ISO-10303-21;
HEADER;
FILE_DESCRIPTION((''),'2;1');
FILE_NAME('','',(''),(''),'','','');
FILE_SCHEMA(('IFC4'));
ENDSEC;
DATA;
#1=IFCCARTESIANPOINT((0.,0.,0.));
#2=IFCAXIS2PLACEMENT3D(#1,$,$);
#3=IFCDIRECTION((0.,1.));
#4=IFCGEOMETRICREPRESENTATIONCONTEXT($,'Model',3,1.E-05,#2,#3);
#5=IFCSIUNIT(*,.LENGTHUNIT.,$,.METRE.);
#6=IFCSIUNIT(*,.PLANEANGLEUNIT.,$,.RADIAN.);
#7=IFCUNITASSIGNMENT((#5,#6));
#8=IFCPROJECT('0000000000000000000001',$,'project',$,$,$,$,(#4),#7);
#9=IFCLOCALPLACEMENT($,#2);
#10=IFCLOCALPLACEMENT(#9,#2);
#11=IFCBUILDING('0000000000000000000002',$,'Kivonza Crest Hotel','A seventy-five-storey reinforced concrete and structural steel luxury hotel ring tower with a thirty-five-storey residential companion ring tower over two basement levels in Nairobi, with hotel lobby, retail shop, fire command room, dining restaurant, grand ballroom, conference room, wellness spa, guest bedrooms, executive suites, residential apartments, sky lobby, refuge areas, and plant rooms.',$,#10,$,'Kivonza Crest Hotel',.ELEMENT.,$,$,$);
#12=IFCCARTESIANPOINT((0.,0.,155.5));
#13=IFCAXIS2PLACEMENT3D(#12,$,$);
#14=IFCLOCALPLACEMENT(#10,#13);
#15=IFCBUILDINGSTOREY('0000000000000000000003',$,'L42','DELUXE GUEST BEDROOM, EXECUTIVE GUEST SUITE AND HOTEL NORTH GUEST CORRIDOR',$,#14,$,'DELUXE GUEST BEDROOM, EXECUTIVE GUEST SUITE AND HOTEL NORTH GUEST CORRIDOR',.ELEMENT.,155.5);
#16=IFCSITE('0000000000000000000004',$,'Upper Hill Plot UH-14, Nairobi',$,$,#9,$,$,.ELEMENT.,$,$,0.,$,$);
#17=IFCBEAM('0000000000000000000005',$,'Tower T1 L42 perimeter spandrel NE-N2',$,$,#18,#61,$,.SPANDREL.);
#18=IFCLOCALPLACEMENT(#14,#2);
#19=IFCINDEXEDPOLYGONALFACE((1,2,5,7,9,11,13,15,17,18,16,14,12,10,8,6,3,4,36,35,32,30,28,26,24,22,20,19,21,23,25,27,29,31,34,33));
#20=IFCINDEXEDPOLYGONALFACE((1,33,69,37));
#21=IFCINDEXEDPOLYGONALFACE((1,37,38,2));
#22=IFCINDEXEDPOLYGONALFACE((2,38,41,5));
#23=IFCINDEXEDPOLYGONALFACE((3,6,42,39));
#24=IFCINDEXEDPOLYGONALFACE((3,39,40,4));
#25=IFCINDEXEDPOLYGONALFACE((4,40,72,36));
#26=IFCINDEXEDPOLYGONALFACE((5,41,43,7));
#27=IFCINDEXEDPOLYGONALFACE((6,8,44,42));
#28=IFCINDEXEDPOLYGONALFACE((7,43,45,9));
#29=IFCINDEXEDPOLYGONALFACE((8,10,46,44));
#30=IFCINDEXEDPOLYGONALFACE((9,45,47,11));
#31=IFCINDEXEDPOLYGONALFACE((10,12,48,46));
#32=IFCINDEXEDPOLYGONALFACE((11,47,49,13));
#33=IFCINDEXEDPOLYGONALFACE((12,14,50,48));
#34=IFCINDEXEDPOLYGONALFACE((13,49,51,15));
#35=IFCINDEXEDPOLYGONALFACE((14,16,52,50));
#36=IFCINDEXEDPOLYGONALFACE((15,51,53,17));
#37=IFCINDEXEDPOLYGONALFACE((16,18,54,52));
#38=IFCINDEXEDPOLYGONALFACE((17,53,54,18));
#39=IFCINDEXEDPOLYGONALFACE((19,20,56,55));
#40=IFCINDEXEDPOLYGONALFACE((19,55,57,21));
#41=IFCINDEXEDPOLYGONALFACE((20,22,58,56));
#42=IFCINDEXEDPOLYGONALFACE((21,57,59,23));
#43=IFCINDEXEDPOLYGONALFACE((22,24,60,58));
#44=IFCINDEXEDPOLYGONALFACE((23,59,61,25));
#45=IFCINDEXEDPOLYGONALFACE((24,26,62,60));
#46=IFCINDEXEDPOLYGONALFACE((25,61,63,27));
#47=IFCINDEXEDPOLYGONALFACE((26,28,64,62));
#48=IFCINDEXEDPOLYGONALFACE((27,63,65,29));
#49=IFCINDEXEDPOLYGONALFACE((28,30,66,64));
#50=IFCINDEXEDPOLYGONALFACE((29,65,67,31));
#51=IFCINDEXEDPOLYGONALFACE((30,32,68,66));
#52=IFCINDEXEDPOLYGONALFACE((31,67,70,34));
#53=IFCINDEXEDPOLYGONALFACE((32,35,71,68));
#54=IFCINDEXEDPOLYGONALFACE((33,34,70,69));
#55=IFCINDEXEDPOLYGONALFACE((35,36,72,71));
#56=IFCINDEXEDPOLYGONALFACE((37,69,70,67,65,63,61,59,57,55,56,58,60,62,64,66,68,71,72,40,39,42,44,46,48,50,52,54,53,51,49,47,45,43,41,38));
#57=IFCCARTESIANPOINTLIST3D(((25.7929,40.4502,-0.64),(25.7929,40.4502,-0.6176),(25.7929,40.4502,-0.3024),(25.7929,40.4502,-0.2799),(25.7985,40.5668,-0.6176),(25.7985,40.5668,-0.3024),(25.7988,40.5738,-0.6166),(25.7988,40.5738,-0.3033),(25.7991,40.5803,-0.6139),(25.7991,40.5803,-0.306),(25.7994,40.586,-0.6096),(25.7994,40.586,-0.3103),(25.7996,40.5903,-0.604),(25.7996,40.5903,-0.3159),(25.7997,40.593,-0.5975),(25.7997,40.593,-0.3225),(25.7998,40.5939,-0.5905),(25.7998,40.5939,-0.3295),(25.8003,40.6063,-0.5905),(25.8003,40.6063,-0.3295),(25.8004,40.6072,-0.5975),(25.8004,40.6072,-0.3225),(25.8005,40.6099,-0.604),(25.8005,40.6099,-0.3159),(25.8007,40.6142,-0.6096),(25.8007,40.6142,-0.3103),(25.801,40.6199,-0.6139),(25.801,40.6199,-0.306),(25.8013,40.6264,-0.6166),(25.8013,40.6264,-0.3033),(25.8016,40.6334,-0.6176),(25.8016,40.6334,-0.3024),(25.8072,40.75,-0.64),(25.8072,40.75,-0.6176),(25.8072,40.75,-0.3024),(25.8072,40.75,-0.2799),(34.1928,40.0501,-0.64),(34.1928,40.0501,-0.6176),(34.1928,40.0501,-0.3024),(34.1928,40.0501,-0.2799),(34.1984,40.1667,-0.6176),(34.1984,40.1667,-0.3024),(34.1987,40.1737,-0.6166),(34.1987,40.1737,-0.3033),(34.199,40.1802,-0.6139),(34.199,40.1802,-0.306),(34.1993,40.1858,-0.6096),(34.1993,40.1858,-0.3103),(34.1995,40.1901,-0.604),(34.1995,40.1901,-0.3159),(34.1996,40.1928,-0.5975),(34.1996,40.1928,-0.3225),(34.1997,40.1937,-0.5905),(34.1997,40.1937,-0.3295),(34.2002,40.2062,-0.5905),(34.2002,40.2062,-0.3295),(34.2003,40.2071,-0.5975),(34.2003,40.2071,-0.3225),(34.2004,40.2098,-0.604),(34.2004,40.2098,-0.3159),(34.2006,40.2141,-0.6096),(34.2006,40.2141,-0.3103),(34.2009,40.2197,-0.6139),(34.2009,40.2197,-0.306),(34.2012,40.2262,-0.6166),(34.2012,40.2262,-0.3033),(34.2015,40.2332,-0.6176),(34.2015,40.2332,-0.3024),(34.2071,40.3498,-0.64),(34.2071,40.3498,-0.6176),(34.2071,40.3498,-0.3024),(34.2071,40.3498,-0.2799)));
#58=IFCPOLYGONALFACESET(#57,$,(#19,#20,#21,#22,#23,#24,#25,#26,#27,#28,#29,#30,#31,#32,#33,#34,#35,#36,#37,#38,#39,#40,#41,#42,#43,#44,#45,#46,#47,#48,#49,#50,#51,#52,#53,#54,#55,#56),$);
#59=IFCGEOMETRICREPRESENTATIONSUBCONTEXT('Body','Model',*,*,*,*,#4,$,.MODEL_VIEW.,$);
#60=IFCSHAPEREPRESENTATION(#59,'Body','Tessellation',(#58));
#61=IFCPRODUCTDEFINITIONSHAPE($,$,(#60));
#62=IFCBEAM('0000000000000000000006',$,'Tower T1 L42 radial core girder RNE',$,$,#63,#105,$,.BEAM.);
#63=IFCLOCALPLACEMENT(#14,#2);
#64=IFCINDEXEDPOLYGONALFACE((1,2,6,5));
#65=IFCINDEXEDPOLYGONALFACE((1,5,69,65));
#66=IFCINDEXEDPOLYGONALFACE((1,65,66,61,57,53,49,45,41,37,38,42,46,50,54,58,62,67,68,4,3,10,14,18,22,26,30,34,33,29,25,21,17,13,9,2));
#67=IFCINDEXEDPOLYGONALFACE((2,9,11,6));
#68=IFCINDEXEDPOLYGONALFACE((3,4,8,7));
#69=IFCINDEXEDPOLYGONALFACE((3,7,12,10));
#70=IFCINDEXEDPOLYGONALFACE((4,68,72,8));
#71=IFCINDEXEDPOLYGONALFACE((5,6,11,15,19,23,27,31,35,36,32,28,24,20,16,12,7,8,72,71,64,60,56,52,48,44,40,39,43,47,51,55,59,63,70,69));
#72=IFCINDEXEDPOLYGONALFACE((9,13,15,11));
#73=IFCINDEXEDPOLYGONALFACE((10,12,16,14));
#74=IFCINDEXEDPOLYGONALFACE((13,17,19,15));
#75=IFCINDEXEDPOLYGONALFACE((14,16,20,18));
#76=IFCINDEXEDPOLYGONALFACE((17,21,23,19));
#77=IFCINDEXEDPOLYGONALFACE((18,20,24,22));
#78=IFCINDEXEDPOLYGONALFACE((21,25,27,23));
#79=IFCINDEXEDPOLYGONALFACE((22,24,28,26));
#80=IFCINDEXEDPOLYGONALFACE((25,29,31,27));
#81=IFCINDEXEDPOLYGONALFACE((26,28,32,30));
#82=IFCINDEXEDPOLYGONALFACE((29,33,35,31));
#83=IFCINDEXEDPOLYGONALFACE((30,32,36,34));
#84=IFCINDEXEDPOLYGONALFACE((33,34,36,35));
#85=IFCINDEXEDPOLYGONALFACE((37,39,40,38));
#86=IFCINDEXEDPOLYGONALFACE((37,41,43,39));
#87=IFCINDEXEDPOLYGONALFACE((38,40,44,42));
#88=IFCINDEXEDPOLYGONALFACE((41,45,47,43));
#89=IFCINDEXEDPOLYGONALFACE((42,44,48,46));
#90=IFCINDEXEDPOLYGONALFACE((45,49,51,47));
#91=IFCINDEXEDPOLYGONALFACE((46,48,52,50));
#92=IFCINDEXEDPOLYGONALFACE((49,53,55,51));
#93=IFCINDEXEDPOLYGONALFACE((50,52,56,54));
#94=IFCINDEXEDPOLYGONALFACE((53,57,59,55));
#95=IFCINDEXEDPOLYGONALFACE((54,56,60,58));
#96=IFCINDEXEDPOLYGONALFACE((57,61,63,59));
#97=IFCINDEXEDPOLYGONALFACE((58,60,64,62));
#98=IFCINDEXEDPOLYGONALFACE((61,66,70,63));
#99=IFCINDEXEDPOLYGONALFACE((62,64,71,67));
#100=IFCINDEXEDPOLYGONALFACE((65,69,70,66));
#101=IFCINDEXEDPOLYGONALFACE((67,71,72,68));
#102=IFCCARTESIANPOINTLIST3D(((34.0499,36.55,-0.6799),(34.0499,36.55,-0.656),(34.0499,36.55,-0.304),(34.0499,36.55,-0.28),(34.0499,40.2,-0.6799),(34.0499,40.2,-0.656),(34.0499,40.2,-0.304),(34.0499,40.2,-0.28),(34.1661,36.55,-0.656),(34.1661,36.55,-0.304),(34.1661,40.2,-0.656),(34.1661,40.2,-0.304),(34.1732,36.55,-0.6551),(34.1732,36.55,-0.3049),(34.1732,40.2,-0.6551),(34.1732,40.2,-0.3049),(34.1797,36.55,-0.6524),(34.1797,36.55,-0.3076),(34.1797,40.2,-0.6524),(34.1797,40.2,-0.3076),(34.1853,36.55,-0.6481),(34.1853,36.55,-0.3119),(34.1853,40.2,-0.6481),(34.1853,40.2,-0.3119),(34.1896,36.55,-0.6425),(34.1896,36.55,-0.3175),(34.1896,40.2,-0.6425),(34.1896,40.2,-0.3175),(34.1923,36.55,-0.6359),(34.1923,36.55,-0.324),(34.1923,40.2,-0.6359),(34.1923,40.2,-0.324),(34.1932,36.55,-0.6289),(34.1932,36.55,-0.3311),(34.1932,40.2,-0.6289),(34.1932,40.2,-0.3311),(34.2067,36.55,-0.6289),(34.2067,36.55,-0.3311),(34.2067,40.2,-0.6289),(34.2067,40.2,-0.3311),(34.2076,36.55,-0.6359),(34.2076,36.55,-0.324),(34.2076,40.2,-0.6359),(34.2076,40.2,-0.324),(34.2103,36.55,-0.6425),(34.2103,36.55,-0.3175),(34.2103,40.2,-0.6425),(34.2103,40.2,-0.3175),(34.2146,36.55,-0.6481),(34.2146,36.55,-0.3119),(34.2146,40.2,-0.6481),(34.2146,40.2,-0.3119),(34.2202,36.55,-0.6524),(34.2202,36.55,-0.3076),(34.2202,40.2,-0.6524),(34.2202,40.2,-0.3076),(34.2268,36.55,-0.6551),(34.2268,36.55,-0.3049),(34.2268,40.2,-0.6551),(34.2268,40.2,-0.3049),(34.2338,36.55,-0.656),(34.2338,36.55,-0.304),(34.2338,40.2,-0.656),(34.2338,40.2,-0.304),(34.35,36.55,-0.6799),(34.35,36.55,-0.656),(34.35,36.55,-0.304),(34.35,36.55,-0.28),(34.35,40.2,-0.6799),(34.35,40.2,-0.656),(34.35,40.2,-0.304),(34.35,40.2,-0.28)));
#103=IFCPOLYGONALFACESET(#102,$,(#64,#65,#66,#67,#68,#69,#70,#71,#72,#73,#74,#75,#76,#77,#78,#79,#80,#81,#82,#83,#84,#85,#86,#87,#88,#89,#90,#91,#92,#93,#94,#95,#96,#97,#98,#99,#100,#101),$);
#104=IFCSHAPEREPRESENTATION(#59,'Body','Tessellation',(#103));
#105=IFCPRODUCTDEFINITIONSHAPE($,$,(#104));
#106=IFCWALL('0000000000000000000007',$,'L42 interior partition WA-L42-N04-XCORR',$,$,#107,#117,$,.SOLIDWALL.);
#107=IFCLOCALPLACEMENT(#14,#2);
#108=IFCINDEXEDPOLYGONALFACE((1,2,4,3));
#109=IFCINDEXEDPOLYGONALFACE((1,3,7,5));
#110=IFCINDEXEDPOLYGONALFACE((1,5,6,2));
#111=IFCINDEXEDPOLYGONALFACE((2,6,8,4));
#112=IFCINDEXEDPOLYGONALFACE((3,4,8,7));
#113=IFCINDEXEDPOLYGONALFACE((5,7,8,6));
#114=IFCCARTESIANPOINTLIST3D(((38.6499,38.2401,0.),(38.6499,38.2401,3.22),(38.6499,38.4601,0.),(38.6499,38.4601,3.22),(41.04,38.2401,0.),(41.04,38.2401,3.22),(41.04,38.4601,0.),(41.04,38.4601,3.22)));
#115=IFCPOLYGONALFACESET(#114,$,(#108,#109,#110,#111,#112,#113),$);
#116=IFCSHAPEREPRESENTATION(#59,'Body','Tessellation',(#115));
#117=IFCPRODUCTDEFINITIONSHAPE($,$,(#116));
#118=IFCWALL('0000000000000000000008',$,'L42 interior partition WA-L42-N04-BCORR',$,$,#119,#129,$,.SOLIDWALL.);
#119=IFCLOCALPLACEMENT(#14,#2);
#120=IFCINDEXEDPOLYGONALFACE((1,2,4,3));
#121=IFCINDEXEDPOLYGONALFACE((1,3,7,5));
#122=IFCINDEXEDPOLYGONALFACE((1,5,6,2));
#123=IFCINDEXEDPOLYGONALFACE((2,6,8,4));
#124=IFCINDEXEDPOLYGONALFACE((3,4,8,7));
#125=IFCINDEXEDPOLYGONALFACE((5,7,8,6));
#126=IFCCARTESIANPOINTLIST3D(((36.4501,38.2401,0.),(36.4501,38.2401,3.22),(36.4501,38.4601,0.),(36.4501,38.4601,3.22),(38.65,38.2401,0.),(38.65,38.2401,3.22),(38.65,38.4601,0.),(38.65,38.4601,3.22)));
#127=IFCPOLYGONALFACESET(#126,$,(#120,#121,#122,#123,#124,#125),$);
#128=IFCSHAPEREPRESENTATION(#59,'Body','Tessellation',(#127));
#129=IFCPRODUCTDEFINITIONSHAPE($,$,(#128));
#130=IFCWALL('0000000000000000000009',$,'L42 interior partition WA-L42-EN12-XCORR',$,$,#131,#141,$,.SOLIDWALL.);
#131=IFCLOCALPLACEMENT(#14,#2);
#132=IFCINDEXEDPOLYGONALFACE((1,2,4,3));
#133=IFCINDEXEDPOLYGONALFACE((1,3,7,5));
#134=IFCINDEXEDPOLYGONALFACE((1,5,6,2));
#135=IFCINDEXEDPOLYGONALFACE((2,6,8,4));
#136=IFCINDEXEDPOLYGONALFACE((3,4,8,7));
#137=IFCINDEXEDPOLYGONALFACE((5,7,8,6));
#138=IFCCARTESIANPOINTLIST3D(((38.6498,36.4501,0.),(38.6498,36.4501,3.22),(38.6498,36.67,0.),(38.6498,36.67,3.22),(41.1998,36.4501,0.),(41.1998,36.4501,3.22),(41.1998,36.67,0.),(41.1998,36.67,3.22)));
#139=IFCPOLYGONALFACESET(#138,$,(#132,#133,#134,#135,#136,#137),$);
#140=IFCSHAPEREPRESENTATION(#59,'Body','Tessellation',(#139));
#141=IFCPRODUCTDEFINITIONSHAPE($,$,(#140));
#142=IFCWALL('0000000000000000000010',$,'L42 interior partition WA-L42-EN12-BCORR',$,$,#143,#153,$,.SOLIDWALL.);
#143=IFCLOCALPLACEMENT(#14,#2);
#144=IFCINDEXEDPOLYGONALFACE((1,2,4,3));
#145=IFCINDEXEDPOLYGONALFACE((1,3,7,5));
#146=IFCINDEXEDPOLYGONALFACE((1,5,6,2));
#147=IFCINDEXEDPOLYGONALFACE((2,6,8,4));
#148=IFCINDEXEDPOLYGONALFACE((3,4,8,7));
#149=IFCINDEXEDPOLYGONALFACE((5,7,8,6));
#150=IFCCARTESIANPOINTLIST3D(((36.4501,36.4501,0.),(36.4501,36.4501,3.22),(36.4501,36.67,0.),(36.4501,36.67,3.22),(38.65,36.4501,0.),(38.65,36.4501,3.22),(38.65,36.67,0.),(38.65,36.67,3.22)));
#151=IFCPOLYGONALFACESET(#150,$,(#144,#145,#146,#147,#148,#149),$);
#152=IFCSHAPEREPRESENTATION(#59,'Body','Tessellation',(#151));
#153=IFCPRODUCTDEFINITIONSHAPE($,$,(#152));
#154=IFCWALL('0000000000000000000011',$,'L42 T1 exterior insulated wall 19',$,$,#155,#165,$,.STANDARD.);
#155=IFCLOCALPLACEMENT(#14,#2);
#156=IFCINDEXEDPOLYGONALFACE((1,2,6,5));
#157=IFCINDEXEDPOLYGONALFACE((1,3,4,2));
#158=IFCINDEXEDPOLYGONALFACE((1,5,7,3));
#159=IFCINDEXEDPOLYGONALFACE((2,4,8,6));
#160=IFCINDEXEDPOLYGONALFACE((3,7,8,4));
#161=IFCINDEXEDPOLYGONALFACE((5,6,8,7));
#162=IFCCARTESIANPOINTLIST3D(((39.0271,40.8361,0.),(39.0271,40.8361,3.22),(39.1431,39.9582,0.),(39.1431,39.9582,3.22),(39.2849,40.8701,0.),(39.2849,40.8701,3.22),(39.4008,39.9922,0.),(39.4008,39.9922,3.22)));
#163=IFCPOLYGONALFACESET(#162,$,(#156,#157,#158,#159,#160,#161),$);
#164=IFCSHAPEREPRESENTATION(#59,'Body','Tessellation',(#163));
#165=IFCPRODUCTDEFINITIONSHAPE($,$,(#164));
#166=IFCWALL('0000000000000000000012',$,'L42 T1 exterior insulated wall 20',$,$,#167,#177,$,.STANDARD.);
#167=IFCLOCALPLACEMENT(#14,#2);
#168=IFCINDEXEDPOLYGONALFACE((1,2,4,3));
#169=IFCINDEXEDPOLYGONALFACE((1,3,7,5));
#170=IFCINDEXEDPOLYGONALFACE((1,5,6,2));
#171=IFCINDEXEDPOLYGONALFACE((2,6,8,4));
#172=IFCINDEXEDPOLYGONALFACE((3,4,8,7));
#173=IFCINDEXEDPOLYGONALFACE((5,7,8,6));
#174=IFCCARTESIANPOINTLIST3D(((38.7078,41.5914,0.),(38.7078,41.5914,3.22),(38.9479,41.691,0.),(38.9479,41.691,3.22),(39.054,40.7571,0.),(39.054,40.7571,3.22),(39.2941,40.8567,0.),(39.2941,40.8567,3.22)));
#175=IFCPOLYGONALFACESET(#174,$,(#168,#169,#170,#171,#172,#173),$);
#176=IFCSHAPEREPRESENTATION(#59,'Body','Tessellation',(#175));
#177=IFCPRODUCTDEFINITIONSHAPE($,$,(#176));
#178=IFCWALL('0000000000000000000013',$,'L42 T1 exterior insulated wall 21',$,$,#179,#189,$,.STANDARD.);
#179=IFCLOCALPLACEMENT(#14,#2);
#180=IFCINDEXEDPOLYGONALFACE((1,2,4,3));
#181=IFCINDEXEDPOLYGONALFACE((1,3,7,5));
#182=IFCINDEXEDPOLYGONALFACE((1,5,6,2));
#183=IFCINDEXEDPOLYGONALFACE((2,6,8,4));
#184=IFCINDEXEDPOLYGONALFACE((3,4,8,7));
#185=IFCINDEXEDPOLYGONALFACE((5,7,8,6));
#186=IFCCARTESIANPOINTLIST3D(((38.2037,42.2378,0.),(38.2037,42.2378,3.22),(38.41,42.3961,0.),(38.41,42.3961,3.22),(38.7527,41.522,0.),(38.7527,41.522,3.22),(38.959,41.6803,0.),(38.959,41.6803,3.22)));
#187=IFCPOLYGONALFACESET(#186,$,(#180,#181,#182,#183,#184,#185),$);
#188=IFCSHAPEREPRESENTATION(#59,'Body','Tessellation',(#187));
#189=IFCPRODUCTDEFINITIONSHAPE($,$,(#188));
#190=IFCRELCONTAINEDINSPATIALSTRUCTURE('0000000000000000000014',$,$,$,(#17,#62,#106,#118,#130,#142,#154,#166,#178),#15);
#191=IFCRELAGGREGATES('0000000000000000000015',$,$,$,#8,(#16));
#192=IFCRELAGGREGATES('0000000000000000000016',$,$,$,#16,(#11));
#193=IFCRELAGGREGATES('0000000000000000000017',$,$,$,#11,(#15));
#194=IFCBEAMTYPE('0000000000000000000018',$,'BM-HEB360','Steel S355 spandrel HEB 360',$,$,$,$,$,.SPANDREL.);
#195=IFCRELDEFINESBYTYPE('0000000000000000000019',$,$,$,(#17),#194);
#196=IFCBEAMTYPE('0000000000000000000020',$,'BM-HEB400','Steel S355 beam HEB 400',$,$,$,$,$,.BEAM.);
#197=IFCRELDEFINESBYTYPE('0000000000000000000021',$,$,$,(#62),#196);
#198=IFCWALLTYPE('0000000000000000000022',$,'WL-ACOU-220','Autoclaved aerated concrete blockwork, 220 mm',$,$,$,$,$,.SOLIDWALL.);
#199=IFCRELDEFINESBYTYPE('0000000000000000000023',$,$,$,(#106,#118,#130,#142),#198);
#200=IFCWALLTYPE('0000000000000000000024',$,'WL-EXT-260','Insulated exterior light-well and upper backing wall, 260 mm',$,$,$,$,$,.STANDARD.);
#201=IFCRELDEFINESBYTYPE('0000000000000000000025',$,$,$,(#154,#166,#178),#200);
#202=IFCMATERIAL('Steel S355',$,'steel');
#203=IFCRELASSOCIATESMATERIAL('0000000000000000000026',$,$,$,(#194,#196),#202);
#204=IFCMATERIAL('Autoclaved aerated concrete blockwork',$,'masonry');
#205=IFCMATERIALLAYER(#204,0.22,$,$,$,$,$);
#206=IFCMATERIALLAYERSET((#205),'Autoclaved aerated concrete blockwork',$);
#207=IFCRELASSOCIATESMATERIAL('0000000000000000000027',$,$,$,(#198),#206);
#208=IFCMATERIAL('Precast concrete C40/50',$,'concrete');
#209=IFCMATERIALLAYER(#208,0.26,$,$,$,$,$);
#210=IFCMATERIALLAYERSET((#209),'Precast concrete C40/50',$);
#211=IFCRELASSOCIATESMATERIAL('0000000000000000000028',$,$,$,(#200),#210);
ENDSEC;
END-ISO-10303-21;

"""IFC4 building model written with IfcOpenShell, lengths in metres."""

from ifc_helpers import new_model, si_unit, direction, frame, frame_2d, origin, origin_2d, place, context, subcontext, project, spatial, rectangle, i_section, extrude, material, layer, layer_set, material_profile, profile_set, type_object, element, save


model = new_model("IFC4")

# Units and contexts
model_context = context("Model", 3, precision=1e-05, world=origin(), true_north=direction((0.0, 1.0)))
body_context = subcontext(model_context, "Body", "Model", "MODEL_VIEW")
ifc_project = project(units=[si_unit("LENGTHUNIT", "METRE"), si_unit("PLANEANGLEUNIT", "RADIAN")], contexts=[model_context])

# Site, building, storey
site_placement = place(None, origin())
site = spatial("IfcSite", under=ifc_project, at=site_placement, Name="Upper Hill Plot UH-14, Nairobi", CompositionType="ELEMENT", RefElevation=0.0)
building_placement = place(site_placement, origin())
building = spatial("IfcBuilding", under=site, at=building_placement, Name="Kivonza Crest Hotel", Description="A seventy-five-storey reinforced concrete and structural steel luxury hotel ring tower with a thirty-five-storey residential companion ring tower over two basement levels in Nairobi, with hotel lobby, retail shop, fire command room, dining restaurant, grand ballroom, conference room, wellness spa, guest bedrooms, executive suites, residential apartments, sky lobby, refuge areas, and plant rooms.", LongName="Kivonza Crest Hotel", CompositionType="ELEMENT")
storey_placement = place(building_placement, frame((0.0, 0.0, 155.5)))
storey = spatial("IfcBuildingStorey", under=building, at=storey_placement, Name="L42", Description="DELUXE GUEST BEDROOM, EXECUTIVE GUEST SUITE AND HOTEL NORTH GUEST CORRIDOR", LongName="DELUXE GUEST BEDROOM, EXECUTIVE GUEST SUITE AND HOTEL NORTH GUEST CORRIDOR", CompositionType="ELEMENT", Elevation=155.5)

# Beams
ifc_material_1 = material(Name="Steel S355", Category="steel")
ifc_material_profile_1 = material_profile(ifc_material_1, i_section(OverallWidth=0.3, OverallDepth=0.3601, WebThickness=0.0125, FlangeThickness=0.0225, FilletRadius=0.0271, at=origin_2d()), Name="HEB 360")
ifc_profile_set_1 = profile_set([ifc_material_profile_1], Name="Steel S355")
beam_type_1 = type_object("IfcBeamType", Name="BM-HEB360", Description="Steel S355 spandrel HEB 360", PredefinedType="SPANDREL", material=ifc_profile_set_1)
beam_1_placement = place(storey_placement, frame((34.2, 40.2, -0.46), z_axis=(-0.998867, 0.047583, 0.0), x_axis=(-0.047583, -0.998867, 0.0)))
element("IfcBeam", 1, at=beam_1_placement, inside=storey, type_object=beam_type_1, Name="Tower T1 L42 perimeter spandrel NE-N2", PredefinedType="SPANDREL", context=body_context, shape_type="SweptSolid", body=[
    extrude(i_section(OverallWidth=0.3, OverallDepth=0.3601, WebThickness=0.0125, FlangeThickness=0.0225, FilletRadius=0.0271, at=origin_2d()), origin(), (0.0, 0.0, 1.0), 8.4094),
])
ifc_material_profile_2 = material_profile(ifc_material_1, i_section(OverallWidth=0.3, OverallDepth=0.3999, WebThickness=0.0134, FlangeThickness=0.0239, FilletRadius=0.0271, at=origin_2d()), Name="HEB 400")
ifc_profile_set_2 = profile_set([ifc_material_profile_2], Name="Steel S355")
beam_type_2 = type_object("IfcBeamType", Name="BM-HEB400", Description="Steel S355 beam HEB 400", PredefinedType="BEAM", material=ifc_profile_set_2)
beam_2_placement = place(storey_placement, frame((34.2, 40.2, -0.48), z_axis=(0.0, -1.0, 0.0), x_axis=(1.0, 0.0, 0.0)))
element("IfcBeam", 2, at=beam_2_placement, inside=storey, type_object=beam_type_2, Name="Tower T1 L42 radial core girder RNE", PredefinedType="BEAM", context=body_context, shape_type="SweptSolid", body=[
    extrude(i_section(OverallWidth=0.3, OverallDepth=0.3999, WebThickness=0.0134, FlangeThickness=0.0239, FilletRadius=0.0271, at=origin_2d()), origin(), (0.0, 0.0, 1.0), 3.6499),
])

# Walls
ifc_material_2 = material(Name="Autoclaved aerated concrete blockwork", Category="masonry")
ifc_layer_1 = layer(ifc_material_2, 0.22)
ifc_layer_set_1 = layer_set([ifc_layer_1], Name="Autoclaved aerated concrete blockwork")
wall_type_1 = type_object("IfcWallType", Name="WL-ACOU-220", Description="Autoclaved aerated concrete blockwork, 220 mm", PredefinedType="SOLIDWALL", material=ifc_layer_set_1)
wall_1_placement = place(storey_placement, frame((38.6499, 38.3501, 0.0), z_axis=(0.0, 0.0, 1.0), x_axis=(1.0, 0.0, 0.0)))
element("IfcWall", 3, at=wall_1_placement, inside=storey, type_object=wall_type_1, Name="L42 interior partition WA-L42-N04-XCORR", PredefinedType="SOLIDWALL", context=body_context, shape_type="SweptSolid", body=[
    extrude(rectangle(XDim=2.3901, YDim=0.22, at=frame_2d((1.1951, 0.0))), origin(), (0.0, 0.0, 1.0), 3.22),
])
wall_2_placement = place(storey_placement, frame((36.45, 38.3501, 0.0), z_axis=(0.0, 0.0, 1.0), x_axis=(1.0, 0.0, 0.0)))
element("IfcWall", 4, at=wall_2_placement, inside=storey, type_object=wall_type_1, Name="L42 interior partition WA-L42-N04-BCORR", PredefinedType="SOLIDWALL", context=body_context, shape_type="SweptSolid", body=[
    extrude(rectangle(XDim=2.2, YDim=0.22, at=frame_2d((1.1001, 0.0))), origin(), (0.0, 0.0, 1.0), 3.22),
])
wall_3_placement = place(storey_placement, frame((38.6499, 36.5601, 0.0), z_axis=(0.0, 0.0, 1.0), x_axis=(1.0, 0.0, 0.0)))
element("IfcWall", 5, at=wall_3_placement, inside=storey, type_object=wall_type_1, Name="L42 interior partition WA-L42-EN12-XCORR", PredefinedType="SOLIDWALL", context=body_context, shape_type="SweptSolid", body=[
    extrude(rectangle(XDim=2.55, YDim=0.22, at=frame_2d((1.2749, 0.0))), origin(), (0.0, 0.0, 1.0), 3.22),
])
wall_4_placement = place(storey_placement, frame((36.45, 36.5601, 0.0), z_axis=(0.0, 0.0, 1.0), x_axis=(1.0, 0.0, 0.0)))
element("IfcWall", 6, at=wall_4_placement, inside=storey, type_object=wall_type_1, Name="L42 interior partition WA-L42-EN12-BCORR", PredefinedType="SOLIDWALL", context=body_context, shape_type="SweptSolid", body=[
    extrude(rectangle(XDim=2.2, YDim=0.22, at=frame_2d((1.1001, 0.0))), origin(), (0.0, 0.0, 1.0), 3.22),
])
ifc_material_3 = material(Name="Precast concrete C40/50", Category="concrete")
ifc_layer_2 = layer(ifc_material_3, 0.26)
ifc_layer_set_2 = layer_set([ifc_layer_2], Name="Precast concrete C40/50")
wall_type_2 = type_object("IfcWallType", Name="WL-EXT-260", Description="Insulated exterior light-well and upper backing wall, 260 mm", PredefinedType="STANDARD", material=ifc_layer_set_2)
wall_5_placement = place(storey_placement, frame((39.272, 39.9751, 0.0), z_axis=(0.0, 0.0, 1.0), x_axis=(-0.130954, 0.991388, 0.0)))
element("IfcWall", 7, at=wall_5_placement, inside=storey, type_object=wall_type_2, Name="L42 T1 exterior insulated wall 19", PredefinedType="STANDARD", context=body_context, shape_type="SweptSolid", body=[
    extrude(rectangle(XDim=0.8855, YDim=0.26, at=frame_2d((0.4429, 0.0))), origin(), (0.0, 0.0, 1.0), 3.22),
])
wall_6_placement = place(storey_placement, frame((39.1741, 40.8069, 0.0), z_axis=(0.0, 0.0, 1.0), x_axis=(-0.383291, 0.923628, 0.0)))
element("IfcWall", 8, at=wall_6_placement, inside=storey, type_object=wall_type_2, Name="L42 T1 exterior insulated wall 20", PredefinedType="STANDARD", context=body_context, shape_type="SweptSolid", body=[
    extrude(rectangle(XDim=0.9033, YDim=0.26, at=frame_2d((0.4517, 0.0))), origin(), (0.0, 0.0, 1.0), 3.22),
])
wall_7_placement = place(storey_placement, frame((38.856, 41.6011, 0.0), z_axis=(0.0, 0.0, 1.0), x_axis=(-0.608625, 0.793458, 0.0)))
element("IfcWall", 9, at=wall_7_placement, inside=storey, type_object=wall_type_2, Name="L42 T1 exterior insulated wall 21", PredefinedType="STANDARD", context=body_context, shape_type="SweptSolid", body=[
    extrude(rectangle(XDim=0.9021, YDim=0.26, at=frame_2d((0.4512, 0.0))), origin(), (0.0, 0.0, 1.0), 3.22),
])

save(model, "model.ifc")
